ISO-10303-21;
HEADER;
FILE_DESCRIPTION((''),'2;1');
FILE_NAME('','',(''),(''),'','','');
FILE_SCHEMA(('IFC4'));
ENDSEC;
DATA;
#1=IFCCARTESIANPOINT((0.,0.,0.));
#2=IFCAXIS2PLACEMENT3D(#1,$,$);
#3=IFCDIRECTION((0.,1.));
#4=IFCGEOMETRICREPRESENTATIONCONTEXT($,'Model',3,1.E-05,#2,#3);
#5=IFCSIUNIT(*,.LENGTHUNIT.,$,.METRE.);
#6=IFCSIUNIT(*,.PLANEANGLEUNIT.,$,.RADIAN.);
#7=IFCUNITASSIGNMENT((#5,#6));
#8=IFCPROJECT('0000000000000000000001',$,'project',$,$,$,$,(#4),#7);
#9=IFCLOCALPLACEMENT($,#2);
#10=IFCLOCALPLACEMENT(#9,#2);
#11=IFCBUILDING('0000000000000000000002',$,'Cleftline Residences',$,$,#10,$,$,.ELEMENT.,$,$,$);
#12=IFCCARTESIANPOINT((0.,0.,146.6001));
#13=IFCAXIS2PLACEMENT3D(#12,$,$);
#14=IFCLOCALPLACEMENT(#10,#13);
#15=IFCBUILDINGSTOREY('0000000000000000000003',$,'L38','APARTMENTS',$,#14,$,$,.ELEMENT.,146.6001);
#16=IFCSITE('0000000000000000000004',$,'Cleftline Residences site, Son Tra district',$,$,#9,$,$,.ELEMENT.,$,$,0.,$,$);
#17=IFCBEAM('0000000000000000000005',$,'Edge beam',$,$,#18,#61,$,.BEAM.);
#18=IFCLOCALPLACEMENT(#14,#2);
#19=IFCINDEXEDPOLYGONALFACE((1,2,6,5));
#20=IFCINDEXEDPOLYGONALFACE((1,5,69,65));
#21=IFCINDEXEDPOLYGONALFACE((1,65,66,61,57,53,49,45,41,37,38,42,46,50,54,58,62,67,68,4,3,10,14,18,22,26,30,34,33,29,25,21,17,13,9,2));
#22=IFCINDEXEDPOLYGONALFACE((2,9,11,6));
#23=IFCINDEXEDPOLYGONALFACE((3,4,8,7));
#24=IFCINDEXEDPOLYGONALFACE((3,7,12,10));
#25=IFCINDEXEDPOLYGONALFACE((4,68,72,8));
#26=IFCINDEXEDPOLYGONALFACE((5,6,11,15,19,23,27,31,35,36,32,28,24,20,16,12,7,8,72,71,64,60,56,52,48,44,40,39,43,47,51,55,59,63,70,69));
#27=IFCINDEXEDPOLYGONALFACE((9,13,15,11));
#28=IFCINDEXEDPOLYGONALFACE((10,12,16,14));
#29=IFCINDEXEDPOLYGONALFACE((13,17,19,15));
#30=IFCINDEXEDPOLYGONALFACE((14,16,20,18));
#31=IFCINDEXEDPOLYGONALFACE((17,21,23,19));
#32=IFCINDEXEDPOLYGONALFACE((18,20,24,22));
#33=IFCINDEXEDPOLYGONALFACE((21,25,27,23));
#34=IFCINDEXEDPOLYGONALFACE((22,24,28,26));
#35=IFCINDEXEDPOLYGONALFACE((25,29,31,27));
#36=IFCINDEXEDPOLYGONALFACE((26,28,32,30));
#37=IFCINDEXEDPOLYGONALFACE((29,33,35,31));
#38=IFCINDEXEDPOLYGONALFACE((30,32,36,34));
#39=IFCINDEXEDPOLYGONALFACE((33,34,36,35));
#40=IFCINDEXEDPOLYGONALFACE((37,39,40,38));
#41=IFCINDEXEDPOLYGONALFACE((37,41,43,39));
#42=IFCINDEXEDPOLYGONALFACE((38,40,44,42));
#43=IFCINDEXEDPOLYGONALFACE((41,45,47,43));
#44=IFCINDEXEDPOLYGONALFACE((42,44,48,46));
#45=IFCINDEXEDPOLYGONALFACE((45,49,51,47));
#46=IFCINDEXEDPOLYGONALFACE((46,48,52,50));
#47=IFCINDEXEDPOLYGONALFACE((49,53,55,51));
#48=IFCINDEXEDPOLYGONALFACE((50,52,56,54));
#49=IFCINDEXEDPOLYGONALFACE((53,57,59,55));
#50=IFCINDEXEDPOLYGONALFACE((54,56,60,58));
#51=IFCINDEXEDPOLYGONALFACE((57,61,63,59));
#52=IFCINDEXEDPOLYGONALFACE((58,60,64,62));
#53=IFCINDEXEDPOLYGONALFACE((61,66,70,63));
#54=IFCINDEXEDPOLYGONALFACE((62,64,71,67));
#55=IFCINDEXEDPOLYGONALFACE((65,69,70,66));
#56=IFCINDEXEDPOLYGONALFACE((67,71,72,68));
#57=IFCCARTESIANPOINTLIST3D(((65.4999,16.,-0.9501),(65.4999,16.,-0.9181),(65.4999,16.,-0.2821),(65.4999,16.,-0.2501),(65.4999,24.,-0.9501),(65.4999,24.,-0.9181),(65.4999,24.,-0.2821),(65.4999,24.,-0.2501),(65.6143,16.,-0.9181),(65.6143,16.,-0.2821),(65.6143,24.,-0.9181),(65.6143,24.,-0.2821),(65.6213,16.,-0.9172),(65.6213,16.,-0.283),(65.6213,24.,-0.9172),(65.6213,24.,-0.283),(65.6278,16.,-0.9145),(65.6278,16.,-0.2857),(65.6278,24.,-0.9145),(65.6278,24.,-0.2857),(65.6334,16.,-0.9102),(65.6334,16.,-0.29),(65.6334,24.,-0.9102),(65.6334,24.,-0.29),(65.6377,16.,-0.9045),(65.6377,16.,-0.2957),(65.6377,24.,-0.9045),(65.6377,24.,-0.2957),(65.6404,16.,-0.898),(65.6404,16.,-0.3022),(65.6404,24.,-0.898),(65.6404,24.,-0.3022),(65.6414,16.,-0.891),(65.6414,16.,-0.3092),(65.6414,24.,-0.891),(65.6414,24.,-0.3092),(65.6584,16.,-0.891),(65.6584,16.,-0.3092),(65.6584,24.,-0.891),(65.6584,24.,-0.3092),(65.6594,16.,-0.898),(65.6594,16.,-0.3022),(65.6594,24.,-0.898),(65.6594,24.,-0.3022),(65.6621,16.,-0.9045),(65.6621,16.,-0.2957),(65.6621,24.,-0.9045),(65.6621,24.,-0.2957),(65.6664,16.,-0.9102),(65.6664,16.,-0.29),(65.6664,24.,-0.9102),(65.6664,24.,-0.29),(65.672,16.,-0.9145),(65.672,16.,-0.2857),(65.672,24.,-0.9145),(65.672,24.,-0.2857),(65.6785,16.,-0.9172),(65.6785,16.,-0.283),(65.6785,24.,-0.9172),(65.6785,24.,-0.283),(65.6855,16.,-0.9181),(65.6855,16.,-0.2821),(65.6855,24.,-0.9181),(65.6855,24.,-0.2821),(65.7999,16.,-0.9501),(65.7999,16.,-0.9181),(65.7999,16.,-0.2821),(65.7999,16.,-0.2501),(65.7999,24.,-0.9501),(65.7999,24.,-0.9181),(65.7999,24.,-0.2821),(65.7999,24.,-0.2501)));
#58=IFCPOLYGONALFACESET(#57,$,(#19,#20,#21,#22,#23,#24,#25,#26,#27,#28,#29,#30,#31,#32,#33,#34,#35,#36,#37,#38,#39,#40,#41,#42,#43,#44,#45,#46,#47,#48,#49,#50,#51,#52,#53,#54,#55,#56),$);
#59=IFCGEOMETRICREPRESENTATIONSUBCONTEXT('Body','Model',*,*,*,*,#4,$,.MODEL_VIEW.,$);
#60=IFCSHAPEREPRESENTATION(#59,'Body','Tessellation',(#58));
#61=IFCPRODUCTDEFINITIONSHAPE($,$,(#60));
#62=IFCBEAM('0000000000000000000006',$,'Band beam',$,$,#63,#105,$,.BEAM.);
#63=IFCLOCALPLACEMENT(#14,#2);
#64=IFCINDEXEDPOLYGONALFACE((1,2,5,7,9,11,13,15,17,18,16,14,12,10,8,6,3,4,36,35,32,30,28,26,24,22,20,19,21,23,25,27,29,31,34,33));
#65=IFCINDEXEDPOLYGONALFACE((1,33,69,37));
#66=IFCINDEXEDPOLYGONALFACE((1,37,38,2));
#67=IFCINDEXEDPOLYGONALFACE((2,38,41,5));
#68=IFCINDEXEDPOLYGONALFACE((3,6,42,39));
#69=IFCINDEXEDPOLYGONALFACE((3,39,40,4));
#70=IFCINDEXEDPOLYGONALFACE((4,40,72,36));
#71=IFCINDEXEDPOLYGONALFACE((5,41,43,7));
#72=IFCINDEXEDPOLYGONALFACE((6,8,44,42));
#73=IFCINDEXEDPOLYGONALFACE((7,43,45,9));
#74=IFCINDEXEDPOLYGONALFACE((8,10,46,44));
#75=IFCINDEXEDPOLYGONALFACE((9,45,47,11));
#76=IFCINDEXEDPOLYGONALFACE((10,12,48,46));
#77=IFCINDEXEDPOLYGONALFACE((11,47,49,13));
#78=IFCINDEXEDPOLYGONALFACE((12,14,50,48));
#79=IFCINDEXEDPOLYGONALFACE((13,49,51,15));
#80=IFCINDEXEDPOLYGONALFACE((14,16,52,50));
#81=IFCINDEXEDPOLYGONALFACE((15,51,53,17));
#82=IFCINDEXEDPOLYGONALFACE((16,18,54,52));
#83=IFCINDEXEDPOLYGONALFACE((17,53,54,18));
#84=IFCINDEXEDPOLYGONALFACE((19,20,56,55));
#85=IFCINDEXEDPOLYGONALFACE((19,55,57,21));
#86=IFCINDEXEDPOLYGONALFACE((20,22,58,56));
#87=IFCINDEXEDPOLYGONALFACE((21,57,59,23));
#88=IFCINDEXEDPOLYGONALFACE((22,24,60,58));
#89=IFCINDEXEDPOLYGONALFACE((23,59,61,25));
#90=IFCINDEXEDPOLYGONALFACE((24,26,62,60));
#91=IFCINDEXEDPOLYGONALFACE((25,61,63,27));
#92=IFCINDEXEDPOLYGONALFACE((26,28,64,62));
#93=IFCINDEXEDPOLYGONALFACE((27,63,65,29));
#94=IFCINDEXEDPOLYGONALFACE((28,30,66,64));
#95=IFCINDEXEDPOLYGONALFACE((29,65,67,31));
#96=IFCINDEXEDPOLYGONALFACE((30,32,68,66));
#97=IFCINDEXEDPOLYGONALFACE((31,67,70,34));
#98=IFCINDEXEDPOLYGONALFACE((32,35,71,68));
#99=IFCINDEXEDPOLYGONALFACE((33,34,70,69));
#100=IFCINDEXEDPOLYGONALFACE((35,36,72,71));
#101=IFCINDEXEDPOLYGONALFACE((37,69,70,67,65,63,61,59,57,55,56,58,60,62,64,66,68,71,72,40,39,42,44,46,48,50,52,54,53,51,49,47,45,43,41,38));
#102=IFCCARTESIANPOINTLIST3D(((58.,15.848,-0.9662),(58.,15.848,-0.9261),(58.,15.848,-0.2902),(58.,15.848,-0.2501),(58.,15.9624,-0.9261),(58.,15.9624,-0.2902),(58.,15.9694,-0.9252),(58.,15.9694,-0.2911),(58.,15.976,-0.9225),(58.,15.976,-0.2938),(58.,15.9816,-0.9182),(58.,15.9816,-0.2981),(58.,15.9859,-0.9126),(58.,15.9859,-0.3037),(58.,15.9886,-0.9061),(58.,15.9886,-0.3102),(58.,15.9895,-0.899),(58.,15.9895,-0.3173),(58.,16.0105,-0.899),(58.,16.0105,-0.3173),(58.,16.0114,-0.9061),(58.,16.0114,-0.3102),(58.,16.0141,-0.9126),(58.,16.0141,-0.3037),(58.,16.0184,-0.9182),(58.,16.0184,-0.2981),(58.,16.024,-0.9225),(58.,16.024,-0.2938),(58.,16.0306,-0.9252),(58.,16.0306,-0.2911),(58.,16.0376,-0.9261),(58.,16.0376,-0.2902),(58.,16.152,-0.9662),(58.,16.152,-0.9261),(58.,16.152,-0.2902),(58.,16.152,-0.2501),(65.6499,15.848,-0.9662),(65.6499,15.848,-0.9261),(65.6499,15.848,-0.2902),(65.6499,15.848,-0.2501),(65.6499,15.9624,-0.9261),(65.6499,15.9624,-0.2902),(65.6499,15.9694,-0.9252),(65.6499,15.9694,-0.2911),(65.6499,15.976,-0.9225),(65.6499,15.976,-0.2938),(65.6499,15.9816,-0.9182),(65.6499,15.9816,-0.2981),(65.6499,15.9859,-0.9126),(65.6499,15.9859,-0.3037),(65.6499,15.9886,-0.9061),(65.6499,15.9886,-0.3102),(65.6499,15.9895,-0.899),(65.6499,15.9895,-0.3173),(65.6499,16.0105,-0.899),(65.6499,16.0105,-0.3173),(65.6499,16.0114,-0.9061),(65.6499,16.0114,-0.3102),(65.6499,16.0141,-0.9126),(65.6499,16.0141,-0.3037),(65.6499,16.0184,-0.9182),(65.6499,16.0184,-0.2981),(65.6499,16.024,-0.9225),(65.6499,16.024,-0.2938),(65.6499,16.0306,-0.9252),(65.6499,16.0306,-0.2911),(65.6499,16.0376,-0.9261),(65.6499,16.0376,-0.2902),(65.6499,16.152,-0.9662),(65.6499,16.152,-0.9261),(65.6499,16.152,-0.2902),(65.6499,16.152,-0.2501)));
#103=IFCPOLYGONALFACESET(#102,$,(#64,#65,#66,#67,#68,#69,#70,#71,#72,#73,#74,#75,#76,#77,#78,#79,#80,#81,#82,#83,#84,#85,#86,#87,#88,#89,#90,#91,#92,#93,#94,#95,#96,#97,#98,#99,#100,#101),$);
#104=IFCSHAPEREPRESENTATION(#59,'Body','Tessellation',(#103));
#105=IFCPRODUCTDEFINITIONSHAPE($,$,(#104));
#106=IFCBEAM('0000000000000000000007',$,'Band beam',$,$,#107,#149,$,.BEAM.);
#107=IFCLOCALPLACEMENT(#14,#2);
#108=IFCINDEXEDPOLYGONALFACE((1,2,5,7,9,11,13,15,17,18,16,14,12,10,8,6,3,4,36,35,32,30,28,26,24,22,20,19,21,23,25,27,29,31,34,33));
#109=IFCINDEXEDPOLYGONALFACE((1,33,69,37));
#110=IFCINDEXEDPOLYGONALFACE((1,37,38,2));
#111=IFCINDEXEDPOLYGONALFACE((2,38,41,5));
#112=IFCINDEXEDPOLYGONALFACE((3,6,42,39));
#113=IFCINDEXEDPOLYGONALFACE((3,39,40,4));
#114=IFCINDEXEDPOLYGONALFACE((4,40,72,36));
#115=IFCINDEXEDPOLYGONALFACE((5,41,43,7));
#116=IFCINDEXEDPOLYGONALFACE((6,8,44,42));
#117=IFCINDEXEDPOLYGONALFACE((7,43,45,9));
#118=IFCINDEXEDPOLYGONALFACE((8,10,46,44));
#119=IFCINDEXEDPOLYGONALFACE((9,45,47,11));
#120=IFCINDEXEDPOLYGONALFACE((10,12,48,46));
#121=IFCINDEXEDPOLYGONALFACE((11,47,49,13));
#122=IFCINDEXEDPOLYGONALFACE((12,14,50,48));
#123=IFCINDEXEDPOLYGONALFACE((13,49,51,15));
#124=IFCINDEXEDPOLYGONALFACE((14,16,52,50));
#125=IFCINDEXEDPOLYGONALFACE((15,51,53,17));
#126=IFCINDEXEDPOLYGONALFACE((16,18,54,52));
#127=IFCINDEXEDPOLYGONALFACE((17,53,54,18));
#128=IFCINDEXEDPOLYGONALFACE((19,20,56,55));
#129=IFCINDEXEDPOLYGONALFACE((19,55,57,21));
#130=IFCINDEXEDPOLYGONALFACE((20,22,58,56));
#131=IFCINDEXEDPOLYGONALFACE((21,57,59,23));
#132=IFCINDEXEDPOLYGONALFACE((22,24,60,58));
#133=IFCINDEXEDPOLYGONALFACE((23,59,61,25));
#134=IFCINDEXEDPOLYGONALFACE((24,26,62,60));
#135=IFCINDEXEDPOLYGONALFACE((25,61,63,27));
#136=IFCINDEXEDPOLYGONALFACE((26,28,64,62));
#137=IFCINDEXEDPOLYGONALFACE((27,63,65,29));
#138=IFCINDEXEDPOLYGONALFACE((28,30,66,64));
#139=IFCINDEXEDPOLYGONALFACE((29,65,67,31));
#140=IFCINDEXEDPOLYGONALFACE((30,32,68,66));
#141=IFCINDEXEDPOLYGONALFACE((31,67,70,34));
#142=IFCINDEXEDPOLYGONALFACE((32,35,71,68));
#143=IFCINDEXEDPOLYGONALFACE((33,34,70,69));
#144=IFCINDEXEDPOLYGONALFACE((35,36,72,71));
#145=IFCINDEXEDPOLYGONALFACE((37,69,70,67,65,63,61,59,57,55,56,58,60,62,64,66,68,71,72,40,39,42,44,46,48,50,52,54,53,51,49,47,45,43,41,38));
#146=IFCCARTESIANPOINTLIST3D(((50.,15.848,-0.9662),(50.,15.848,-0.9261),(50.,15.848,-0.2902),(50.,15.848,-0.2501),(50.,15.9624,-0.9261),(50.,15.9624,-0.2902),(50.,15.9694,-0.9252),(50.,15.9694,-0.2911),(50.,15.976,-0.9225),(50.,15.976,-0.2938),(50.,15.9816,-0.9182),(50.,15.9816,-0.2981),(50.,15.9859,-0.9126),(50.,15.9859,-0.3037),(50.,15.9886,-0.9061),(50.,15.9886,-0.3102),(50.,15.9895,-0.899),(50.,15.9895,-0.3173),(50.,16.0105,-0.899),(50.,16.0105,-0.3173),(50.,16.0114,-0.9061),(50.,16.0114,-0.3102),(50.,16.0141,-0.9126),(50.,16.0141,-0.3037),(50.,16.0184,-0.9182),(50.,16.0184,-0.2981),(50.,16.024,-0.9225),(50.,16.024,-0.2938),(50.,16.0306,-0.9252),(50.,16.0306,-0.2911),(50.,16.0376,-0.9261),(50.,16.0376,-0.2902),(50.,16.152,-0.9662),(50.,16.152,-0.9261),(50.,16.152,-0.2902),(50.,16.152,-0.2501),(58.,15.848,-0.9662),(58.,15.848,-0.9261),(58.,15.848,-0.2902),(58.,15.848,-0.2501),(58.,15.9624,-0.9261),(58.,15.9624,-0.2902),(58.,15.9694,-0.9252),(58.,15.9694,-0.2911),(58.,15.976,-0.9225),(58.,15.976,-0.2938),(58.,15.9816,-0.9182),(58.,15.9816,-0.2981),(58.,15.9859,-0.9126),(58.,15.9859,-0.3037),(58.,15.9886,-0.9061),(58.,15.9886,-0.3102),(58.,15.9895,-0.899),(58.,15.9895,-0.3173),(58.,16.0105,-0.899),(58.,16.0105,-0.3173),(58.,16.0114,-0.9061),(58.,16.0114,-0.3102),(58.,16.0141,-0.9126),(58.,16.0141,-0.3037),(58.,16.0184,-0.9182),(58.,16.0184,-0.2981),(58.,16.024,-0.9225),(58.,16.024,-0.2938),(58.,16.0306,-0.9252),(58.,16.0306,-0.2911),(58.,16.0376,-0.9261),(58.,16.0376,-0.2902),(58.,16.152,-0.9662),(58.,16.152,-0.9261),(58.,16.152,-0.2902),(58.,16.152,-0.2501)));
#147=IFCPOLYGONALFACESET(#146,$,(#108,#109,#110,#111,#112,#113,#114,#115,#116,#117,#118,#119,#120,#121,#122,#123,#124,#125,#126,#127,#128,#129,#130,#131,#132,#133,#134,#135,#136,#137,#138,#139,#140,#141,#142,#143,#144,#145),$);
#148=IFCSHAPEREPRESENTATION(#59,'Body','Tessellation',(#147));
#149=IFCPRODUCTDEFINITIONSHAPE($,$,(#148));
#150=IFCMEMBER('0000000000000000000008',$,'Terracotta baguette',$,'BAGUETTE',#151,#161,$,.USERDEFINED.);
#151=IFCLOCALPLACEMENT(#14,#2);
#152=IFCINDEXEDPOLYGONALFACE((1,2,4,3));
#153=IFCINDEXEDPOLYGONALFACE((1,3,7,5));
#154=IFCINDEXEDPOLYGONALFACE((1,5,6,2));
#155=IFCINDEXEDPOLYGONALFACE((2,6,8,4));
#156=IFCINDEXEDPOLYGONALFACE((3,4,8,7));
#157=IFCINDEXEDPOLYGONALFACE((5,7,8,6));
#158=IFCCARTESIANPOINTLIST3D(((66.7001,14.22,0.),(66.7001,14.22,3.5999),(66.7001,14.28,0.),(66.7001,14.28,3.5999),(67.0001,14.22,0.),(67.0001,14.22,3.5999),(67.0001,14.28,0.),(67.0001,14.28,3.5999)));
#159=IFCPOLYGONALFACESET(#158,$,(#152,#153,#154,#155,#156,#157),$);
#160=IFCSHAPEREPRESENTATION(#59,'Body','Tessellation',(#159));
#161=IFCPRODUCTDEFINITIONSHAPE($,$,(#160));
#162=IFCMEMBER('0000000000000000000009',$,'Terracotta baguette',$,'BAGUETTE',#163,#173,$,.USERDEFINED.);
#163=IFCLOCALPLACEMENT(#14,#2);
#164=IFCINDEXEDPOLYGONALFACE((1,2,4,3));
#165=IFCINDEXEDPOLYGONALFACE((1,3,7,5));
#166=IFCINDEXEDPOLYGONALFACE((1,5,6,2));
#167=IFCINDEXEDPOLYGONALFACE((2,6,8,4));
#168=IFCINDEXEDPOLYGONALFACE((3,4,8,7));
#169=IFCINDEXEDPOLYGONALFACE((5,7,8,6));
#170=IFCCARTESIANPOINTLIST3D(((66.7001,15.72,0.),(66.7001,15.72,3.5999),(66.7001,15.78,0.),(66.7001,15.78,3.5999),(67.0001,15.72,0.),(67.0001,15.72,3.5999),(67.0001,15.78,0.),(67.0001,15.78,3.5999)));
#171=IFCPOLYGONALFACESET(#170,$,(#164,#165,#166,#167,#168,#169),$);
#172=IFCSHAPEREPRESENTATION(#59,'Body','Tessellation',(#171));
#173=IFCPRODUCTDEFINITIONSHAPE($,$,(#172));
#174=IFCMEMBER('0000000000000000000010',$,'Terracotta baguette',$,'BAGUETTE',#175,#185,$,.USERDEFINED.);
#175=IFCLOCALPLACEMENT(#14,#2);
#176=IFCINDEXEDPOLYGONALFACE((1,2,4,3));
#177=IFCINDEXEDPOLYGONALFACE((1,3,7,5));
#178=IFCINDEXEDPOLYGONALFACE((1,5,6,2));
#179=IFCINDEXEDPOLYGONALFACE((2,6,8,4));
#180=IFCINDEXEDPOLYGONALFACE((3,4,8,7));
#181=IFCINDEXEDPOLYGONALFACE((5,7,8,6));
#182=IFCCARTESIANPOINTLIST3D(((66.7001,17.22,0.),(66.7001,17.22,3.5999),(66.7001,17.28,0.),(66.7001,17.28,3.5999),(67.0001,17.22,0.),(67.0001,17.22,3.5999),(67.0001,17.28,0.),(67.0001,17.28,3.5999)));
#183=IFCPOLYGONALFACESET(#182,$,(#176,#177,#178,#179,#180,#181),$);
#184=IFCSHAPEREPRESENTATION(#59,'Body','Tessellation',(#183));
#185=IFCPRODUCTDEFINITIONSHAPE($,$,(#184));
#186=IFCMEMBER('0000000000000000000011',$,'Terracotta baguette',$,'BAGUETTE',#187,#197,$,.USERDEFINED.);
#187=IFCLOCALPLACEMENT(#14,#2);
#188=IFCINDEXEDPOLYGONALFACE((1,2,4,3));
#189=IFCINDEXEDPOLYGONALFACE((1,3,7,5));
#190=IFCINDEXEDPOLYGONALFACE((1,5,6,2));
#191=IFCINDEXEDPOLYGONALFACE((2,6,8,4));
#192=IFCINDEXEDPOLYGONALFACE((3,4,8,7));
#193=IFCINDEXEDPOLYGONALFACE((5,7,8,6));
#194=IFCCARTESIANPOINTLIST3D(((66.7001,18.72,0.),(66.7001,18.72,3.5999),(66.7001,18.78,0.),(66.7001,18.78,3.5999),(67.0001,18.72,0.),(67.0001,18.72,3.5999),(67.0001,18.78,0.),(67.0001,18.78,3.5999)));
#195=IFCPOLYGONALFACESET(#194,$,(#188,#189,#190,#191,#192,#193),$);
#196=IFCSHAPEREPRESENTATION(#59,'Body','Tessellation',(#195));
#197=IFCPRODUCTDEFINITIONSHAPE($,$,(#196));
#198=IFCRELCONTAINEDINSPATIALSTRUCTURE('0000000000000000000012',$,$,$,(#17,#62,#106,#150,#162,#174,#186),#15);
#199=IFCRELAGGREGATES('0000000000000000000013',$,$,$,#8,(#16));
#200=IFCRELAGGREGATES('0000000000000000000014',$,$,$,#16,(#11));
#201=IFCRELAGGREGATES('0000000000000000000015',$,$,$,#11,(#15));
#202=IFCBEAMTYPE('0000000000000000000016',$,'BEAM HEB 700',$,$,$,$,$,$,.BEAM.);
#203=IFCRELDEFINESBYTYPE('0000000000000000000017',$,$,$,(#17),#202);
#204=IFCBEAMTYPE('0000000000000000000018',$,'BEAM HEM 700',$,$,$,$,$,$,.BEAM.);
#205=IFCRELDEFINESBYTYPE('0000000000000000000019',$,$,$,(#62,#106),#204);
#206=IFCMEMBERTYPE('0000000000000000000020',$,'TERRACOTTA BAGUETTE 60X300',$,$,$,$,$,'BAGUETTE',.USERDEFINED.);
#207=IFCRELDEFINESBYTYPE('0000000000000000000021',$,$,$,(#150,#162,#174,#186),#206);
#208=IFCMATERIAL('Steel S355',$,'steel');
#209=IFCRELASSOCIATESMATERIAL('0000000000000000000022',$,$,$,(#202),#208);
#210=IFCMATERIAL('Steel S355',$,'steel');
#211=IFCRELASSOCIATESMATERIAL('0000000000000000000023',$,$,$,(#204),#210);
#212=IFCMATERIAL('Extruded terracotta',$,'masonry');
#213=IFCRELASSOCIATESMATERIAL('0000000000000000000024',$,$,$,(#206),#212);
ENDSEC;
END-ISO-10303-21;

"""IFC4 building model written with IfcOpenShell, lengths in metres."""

from ifc_helpers import new_model, si_unit, direction, frame, origin, origin_2d, place, context, subcontext, project, spatial, rectangle, i_section, extrude, material, material_profile, profile_set, type_object, element, save


model = new_model("IFC4")

# Units and contexts
model_context = context("Model", 3, precision=1e-05, world=origin(), true_north=direction((0.0, 1.0)))
body_context = subcontext(model_context, "Body", "Model", "MODEL_VIEW")
ifc_project = project(units=[si_unit("LENGTHUNIT", "METRE"), si_unit("PLANEANGLEUNIT", "RADIAN")], contexts=[model_context])

# Site, building, storey
site_placement = place(None, origin())
site = spatial("IfcSite", under=ifc_project, at=site_placement, Name="Cleftline Residences site, Son Tra district", CompositionType="ELEMENT", RefElevation=0.0)
building_placement = place(site_placement, origin())
building = spatial("IfcBuilding", under=site, at=building_placement, Name="Cleftline Residences", CompositionType="ELEMENT")
storey_placement = place(building_placement, frame((0.0, 0.0, 146.6001)))
storey = spatial("IfcBuildingStorey", under=building, at=storey_placement, Name="L38", Description="APARTMENTS", CompositionType="ELEMENT", Elevation=146.6001)

# Beams
ifc_material_1 = material(Name="Steel S355", Category="steel")
ifc_material_profile_1 = material_profile(ifc_material_1, i_section(OverallWidth=0.3, OverallDepth=0.7, WebThickness=0.0171, FlangeThickness=0.032, FilletRadius=0.0271, at=origin_2d()))
ifc_profile_set_1 = profile_set([ifc_material_profile_1], Name="Steel S355")
beam_type_1 = type_object("IfcBeamType", Name="BEAM HEB 700", PredefinedType="BEAM", material=ifc_profile_set_1)
beam_1_placement = place(storey_placement, frame((65.6499, 16.0, -0.6001), z_axis=(0.0, 1.0, 0.0), x_axis=(-1.0, 0.0, 0.0)))
element("IfcBeam", 1, at=beam_1_placement, inside=storey, type_object=beam_type_1, Name="Edge beam", PredefinedType="BEAM", context=body_context, shape_type="SweptSolid", body=[
    extrude(i_section(OverallWidth=0.3, OverallDepth=0.7, WebThickness=0.0171, FlangeThickness=0.032, FilletRadius=0.0271, at=origin_2d()), origin(), (0.0, 0.0, 1.0), 8.0),
])
ifc_material_2 = material(Name="Steel S355", Category="steel")
ifc_material_profile_2 = material_profile(ifc_material_2, i_section(OverallWidth=0.304, OverallDepth=0.7161, WebThickness=0.021, FlangeThickness=0.04, FilletRadius=0.0271, at=origin_2d()))
ifc_profile_set_2 = profile_set([ifc_material_profile_2], Name="Steel S355")
beam_type_2 = type_object("IfcBeamType", Name="BEAM HEM 700", PredefinedType="BEAM", material=ifc_profile_set_2)
beam_2_placement = place(storey_placement, frame((65.6499, 16.0, -0.6082), z_axis=(-1.0, 0.0, 0.0), x_axis=(0.0, -1.0, 0.0)))
element("IfcBeam", 2, at=beam_2_placement, inside=storey, type_object=beam_type_2, Name="Band beam", PredefinedType="BEAM", context=body_context, shape_type="SweptSolid", body=[
    extrude(i_section(OverallWidth=0.304, OverallDepth=0.7161, WebThickness=0.021, FlangeThickness=0.04, FilletRadius=0.0271, at=origin_2d()), origin(), (0.0, 0.0, 1.0), 7.6499),
])
beam_3_placement = place(storey_placement, frame((58.0, 16.0, -0.6082), z_axis=(-1.0, 0.0, 0.0), x_axis=(0.0, -1.0, 0.0)))
element("IfcBeam", 3, at=beam_3_placement, inside=storey, type_object=beam_type_2, Name="Band beam", PredefinedType="BEAM", context=body_context, shape_type="SweptSolid", body=[
    extrude(i_section(OverallWidth=0.304, OverallDepth=0.7161, WebThickness=0.021, FlangeThickness=0.04, FilletRadius=0.0271, at=origin_2d()), origin(), (0.0, 0.0, 1.0), 8.0),
])

# Members
ifc_material_3 = material(Name="Extruded terracotta", Category="masonry")
ifc_material_profile_3 = material_profile(ifc_material_3, rectangle(XDim=0.0601, YDim=0.3, at=origin_2d()))
ifc_profile_set_3 = profile_set([ifc_material_profile_3], Name="Extruded terracotta")
member_type_1 = type_object("IfcMemberType", Name="TERRACOTTA BAGUETTE 60X300", ElementType="BAGUETTE", PredefinedType="USERDEFINED", material=ifc_profile_set_3)
for number, where, z_axis, x_axis, name in (
    (4, (66.8501, 14.25, 0.0), (0.0, 0.0, 1.0), (0.0, 1.0, 0.0), "Terracotta baguette"),
    (5, (66.8501, 15.75, 0.0), (0.0, 0.0, 1.0), (0.0, 1.0, 0.0), "Terracotta baguette"),
    (6, (66.8501, 17.25, 0.0), (0.0, 0.0, 1.0), (0.0, 1.0, 0.0), "Terracotta baguette"),
    (7, (66.8501, 18.75, 0.0), (0.0, 0.0, 1.0), (0.0, 1.0, 0.0), "Terracotta baguette"),
):
    element("IfcMember", number, at=place(storey_placement, frame(where, z_axis=z_axis, x_axis=x_axis)), inside=storey, type_object=member_type_1, Name=name, ObjectType="BAGUETTE", PredefinedType="USERDEFINED", context=body_context, shape_type="SweptSolid", body=[
        extrude(rectangle(XDim=0.0601, YDim=0.3, at=origin_2d()), origin(), (0.0, 0.0, 1.0), 3.5999),
    ])

save(model, "model.ifc")
